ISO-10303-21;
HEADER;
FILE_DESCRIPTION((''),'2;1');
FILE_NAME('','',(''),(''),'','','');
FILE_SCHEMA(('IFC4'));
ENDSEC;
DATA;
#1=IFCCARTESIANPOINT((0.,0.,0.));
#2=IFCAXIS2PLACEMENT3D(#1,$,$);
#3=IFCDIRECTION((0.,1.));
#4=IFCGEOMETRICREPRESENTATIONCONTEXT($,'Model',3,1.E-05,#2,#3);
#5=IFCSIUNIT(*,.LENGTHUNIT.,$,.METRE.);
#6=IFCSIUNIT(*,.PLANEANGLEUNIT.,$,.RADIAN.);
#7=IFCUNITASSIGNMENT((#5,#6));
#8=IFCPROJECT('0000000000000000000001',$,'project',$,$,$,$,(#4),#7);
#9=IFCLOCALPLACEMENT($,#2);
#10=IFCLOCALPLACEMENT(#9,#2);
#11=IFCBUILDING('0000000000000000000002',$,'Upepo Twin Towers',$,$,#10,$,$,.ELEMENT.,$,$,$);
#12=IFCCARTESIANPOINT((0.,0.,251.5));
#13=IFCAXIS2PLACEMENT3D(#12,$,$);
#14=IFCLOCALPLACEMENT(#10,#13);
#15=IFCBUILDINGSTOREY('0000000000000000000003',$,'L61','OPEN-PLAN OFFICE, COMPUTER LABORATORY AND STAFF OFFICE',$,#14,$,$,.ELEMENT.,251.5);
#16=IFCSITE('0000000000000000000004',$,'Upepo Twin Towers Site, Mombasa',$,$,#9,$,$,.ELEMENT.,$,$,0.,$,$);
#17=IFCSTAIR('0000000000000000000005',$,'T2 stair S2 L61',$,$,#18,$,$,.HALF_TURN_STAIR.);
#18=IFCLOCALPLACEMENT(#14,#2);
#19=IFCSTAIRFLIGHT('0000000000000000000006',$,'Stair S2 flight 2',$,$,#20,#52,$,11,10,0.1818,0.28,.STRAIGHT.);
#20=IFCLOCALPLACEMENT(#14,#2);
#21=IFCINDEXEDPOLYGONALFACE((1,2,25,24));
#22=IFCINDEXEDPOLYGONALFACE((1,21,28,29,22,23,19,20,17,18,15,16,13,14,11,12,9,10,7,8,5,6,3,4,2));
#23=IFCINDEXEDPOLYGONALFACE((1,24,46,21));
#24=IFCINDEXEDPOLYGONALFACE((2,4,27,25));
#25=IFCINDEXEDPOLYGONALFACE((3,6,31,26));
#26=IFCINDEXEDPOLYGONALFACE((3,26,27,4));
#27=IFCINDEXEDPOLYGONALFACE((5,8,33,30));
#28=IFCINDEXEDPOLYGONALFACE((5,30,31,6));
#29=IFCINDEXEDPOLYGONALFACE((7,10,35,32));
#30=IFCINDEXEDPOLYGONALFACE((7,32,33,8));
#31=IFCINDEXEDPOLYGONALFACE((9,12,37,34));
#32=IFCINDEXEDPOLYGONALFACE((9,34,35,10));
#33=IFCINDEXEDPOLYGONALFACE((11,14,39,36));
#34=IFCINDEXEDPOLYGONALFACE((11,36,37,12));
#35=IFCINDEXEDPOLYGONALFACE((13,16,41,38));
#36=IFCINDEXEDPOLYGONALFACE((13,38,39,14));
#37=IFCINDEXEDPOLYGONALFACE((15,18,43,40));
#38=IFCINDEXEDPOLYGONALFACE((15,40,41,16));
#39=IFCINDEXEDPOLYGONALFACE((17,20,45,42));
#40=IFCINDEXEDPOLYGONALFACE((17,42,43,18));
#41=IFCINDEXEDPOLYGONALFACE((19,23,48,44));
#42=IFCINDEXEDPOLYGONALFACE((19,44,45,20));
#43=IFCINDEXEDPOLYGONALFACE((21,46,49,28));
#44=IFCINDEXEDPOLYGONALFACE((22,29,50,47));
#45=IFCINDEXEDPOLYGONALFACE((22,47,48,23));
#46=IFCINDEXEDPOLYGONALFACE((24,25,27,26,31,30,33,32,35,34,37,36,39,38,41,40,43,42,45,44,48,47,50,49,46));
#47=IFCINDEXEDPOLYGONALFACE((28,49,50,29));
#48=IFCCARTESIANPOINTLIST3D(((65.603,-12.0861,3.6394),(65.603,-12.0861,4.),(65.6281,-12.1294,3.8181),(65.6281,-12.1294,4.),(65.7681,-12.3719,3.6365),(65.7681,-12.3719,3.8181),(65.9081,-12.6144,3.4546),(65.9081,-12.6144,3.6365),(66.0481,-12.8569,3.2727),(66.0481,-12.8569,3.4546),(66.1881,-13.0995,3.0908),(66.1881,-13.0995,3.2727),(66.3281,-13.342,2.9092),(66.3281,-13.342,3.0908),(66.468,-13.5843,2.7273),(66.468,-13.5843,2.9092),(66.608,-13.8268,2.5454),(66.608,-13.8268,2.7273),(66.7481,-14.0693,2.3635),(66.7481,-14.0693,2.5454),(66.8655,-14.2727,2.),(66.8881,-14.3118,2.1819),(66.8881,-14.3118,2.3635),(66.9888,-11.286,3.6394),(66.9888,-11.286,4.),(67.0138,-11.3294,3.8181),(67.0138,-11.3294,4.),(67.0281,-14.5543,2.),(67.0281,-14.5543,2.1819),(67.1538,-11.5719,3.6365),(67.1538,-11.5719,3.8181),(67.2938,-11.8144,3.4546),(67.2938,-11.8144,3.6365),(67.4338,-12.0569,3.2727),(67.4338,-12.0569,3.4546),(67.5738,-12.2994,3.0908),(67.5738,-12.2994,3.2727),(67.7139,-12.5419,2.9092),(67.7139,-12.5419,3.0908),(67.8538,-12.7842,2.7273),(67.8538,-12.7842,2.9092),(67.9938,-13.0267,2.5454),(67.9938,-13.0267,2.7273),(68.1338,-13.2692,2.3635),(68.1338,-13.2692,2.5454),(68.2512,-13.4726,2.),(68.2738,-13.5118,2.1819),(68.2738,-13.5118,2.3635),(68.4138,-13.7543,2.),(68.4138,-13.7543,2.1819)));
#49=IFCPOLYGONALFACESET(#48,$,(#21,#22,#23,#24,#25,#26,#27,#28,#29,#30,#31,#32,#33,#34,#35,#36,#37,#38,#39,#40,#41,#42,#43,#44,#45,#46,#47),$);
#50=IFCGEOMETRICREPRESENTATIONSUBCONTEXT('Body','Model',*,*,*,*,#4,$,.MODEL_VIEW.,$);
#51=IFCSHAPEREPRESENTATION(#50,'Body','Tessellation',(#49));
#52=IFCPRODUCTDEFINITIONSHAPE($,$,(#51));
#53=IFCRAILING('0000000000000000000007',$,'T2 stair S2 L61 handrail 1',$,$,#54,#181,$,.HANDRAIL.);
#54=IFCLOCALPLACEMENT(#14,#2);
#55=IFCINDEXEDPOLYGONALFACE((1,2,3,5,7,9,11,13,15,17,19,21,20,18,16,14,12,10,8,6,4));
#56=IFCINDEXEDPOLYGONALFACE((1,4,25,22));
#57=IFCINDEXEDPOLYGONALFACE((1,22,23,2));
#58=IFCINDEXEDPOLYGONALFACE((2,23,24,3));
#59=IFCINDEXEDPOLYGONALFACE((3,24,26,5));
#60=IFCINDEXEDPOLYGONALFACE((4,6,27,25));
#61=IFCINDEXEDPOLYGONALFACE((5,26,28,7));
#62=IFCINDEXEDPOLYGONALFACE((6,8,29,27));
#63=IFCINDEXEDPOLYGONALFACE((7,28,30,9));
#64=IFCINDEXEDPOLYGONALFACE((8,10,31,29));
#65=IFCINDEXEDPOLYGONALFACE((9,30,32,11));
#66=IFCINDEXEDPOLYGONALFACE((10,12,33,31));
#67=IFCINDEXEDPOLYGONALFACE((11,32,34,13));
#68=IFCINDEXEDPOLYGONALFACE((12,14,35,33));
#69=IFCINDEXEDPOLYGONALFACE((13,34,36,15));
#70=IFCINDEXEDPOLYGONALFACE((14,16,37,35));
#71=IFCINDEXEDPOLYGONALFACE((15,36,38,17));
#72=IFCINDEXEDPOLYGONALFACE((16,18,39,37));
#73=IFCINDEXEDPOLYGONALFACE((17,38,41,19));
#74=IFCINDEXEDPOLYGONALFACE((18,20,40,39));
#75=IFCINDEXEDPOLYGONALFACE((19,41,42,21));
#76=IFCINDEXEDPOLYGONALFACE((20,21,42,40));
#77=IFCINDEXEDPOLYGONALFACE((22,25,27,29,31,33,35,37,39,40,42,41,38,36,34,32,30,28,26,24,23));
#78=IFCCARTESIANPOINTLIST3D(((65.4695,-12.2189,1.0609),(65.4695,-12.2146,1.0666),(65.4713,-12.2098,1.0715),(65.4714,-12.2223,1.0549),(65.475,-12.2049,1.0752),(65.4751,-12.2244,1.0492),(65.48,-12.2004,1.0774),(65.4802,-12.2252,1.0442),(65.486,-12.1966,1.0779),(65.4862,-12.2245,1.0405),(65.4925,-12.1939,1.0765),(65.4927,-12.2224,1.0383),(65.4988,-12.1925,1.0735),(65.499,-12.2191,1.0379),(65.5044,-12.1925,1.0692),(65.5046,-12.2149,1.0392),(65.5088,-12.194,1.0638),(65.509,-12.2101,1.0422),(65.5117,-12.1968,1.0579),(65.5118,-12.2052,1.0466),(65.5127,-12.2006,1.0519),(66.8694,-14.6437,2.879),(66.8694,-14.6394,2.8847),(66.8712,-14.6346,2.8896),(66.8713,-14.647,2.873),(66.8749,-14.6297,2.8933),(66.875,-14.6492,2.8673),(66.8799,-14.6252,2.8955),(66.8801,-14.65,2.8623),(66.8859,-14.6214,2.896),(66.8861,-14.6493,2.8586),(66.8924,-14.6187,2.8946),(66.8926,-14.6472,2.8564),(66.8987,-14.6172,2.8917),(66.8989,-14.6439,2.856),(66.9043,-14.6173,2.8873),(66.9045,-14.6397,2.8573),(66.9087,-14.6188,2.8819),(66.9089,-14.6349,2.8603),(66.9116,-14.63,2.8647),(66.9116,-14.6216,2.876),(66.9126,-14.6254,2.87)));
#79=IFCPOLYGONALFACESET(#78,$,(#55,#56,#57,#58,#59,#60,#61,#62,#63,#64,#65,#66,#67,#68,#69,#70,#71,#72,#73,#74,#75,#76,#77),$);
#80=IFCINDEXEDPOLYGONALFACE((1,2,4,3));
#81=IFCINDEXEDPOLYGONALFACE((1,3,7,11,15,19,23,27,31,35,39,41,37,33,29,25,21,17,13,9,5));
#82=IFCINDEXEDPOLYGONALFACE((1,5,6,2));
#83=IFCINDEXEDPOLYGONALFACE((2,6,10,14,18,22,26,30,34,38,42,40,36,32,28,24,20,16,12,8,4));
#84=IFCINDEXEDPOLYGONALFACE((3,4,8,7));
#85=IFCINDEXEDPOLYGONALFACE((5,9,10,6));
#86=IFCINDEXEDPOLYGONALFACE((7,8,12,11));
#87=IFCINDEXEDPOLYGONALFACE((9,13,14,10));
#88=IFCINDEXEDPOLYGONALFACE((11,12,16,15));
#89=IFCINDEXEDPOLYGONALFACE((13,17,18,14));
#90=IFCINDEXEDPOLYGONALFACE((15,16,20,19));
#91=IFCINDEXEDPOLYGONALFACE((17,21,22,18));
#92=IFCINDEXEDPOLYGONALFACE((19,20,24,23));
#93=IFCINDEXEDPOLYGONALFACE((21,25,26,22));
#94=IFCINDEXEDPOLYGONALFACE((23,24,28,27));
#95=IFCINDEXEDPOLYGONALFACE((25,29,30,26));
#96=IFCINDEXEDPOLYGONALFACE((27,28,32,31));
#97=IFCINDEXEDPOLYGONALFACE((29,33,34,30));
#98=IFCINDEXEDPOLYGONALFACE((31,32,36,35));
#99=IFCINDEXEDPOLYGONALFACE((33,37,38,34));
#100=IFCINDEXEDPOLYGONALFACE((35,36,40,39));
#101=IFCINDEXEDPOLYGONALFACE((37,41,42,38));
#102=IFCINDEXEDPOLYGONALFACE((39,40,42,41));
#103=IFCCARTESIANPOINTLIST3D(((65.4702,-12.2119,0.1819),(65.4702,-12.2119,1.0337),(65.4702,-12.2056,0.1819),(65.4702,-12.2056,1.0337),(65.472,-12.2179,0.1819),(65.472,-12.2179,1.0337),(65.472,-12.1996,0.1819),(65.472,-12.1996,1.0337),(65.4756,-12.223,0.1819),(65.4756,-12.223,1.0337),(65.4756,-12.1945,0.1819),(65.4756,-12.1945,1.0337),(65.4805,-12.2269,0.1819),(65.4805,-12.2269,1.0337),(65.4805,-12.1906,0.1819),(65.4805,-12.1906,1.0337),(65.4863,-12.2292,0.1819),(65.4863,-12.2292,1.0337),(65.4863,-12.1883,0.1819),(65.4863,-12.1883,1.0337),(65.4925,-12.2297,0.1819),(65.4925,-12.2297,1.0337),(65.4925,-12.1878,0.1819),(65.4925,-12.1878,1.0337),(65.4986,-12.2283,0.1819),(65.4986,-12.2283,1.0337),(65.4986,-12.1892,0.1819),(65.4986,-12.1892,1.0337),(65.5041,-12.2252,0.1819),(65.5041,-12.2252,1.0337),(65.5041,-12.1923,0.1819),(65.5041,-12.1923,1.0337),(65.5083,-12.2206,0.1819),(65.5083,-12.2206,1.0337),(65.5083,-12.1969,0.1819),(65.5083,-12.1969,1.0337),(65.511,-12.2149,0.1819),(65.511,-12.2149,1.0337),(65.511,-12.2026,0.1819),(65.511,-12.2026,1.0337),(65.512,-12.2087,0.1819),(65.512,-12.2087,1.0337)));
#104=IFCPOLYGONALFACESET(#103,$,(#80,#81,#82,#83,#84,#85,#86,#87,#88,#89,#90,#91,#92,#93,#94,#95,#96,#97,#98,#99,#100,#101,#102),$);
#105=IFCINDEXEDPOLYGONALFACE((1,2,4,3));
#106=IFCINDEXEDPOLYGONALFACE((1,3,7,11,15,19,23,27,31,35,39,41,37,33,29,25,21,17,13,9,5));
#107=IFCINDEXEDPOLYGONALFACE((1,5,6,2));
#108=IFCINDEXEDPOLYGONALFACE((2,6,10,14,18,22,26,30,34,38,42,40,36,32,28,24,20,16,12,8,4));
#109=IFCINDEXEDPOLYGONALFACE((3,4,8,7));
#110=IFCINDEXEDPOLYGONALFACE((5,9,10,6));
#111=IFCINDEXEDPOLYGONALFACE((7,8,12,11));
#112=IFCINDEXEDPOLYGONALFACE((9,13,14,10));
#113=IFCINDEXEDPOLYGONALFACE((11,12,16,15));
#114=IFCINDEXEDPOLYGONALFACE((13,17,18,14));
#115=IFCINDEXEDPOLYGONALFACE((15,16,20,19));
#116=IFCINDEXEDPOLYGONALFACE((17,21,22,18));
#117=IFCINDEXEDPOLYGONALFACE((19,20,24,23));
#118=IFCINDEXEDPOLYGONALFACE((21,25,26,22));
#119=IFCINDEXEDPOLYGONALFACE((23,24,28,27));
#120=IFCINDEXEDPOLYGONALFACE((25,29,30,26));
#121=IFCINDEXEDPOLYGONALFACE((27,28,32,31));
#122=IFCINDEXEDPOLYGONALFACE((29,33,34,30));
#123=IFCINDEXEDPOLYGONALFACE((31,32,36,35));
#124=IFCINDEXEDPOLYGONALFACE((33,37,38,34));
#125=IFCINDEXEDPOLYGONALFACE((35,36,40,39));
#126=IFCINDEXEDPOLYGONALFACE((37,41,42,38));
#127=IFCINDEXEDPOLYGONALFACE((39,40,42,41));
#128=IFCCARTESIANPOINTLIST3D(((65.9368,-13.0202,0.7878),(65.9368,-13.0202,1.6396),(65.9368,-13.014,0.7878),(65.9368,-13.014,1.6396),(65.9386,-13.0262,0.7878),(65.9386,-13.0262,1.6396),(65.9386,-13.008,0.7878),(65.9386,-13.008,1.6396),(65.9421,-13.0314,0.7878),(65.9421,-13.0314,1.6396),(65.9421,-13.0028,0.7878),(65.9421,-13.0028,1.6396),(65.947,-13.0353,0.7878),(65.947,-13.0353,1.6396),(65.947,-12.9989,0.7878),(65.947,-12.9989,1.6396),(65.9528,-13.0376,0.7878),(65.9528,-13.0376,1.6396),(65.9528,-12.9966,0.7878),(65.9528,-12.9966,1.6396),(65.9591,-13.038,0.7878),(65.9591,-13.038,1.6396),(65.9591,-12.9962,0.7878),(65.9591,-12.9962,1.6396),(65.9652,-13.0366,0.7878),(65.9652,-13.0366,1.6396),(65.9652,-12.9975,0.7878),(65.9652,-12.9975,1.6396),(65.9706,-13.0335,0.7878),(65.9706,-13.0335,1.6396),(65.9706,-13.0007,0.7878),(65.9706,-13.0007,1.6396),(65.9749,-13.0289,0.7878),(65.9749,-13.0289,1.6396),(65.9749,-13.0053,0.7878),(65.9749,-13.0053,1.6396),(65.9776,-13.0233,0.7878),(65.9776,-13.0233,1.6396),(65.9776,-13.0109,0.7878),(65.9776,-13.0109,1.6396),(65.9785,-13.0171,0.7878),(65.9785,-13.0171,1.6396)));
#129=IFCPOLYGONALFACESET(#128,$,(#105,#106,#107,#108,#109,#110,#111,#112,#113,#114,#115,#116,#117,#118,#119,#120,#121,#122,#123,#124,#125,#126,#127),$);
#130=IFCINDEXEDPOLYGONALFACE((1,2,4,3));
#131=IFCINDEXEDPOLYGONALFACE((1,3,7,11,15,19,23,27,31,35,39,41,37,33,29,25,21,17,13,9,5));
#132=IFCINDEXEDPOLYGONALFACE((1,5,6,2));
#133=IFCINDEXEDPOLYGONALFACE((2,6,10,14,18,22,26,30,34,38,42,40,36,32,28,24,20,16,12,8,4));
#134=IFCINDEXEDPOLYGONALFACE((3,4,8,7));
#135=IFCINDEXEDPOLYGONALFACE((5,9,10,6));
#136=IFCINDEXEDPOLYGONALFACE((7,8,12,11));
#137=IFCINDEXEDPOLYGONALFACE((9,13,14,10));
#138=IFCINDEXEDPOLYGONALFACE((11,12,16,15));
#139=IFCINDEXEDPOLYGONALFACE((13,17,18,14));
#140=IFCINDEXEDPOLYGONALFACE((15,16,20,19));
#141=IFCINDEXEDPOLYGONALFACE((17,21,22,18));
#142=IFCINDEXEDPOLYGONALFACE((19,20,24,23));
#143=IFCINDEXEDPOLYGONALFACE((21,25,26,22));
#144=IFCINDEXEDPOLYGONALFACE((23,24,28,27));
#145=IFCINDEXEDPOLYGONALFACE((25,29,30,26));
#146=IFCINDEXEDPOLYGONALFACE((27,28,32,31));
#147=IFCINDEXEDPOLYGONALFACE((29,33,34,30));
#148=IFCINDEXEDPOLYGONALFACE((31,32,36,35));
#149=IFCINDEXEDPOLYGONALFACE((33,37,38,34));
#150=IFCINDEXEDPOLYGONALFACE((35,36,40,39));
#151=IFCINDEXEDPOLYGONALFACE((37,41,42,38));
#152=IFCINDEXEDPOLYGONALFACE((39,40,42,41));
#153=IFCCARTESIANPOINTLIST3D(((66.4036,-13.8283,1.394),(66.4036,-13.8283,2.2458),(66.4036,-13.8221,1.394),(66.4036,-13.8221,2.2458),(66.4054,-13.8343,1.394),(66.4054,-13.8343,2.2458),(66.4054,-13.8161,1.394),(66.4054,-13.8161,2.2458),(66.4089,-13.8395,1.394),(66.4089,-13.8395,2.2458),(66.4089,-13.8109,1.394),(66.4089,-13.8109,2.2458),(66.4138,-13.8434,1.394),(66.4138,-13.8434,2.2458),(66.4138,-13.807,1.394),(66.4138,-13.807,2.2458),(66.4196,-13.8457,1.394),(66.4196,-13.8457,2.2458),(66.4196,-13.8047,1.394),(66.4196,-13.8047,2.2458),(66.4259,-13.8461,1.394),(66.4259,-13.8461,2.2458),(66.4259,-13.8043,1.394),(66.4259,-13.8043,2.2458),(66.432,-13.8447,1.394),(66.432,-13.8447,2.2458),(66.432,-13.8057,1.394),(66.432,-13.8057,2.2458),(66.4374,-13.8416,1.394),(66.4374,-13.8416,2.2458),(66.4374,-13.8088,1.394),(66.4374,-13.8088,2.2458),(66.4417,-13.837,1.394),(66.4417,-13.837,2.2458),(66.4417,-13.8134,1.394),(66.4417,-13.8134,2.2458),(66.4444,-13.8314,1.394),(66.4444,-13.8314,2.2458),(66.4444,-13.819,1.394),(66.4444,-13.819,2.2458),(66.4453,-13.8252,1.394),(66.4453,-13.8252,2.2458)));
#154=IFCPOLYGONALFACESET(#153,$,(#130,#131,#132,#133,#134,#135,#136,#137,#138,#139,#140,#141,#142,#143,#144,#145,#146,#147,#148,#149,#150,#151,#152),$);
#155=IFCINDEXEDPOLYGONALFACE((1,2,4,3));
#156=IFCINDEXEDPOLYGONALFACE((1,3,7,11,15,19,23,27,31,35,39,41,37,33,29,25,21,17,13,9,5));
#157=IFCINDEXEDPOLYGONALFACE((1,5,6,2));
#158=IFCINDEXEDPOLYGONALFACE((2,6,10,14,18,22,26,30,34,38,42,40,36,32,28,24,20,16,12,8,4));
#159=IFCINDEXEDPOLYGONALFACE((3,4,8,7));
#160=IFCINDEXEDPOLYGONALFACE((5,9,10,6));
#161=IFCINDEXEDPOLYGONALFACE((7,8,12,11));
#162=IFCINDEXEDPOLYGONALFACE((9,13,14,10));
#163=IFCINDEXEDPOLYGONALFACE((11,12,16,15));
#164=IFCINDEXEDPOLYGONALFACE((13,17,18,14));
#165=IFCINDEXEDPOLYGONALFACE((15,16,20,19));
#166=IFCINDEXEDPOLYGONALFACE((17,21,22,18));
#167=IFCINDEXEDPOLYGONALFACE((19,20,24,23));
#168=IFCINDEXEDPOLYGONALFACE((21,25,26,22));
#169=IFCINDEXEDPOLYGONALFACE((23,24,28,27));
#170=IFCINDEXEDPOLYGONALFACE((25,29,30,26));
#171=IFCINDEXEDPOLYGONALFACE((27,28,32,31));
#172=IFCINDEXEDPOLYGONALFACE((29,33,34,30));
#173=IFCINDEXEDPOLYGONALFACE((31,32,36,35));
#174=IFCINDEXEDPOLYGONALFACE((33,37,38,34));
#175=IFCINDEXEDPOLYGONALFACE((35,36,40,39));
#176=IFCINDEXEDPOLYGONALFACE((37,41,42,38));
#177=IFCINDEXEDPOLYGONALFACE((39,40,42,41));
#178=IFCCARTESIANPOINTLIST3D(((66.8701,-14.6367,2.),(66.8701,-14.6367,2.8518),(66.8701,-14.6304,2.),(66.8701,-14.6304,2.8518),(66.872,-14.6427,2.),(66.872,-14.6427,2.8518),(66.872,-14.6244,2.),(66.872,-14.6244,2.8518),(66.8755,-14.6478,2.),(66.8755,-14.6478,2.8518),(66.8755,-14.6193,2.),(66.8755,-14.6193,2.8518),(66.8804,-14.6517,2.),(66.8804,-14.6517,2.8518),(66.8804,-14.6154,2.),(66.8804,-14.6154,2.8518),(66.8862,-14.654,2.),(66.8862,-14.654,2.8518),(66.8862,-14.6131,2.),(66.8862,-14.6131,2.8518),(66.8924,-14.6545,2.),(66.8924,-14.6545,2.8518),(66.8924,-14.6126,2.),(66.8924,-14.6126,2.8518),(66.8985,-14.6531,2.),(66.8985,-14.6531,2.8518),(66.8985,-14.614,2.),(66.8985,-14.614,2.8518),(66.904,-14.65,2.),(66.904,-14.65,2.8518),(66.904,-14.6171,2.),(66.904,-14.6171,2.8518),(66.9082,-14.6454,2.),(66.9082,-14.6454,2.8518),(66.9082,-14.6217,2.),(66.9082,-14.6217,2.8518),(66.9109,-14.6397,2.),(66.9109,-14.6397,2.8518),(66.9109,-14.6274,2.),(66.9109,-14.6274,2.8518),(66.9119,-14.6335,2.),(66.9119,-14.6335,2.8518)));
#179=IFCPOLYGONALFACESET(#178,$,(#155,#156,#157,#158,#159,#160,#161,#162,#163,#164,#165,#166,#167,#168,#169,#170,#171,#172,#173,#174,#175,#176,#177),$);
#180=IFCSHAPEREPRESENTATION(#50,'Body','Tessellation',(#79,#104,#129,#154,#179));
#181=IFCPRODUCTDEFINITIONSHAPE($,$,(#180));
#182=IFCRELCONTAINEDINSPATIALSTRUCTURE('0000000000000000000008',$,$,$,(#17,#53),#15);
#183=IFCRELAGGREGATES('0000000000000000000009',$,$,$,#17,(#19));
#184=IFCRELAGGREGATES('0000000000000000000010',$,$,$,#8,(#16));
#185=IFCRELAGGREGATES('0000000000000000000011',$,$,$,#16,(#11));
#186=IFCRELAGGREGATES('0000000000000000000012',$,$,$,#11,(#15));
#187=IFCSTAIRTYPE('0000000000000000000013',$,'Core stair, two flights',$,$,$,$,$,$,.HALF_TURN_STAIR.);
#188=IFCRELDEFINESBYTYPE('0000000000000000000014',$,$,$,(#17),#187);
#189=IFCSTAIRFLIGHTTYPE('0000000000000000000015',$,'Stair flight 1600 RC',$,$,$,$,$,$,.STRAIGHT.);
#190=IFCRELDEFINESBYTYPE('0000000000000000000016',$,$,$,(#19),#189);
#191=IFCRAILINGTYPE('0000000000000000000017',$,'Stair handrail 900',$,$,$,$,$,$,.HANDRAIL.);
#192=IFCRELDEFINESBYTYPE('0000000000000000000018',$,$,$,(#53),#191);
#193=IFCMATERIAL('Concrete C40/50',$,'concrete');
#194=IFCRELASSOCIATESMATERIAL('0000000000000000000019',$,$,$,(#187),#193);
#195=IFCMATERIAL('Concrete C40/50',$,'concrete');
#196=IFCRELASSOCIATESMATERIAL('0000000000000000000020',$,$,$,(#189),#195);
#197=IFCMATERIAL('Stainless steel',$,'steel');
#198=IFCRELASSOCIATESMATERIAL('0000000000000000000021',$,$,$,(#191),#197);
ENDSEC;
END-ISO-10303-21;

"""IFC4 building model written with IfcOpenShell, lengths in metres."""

from ifc_helpers import new_model, si_unit, direction, frame, origin, origin_2d, place, context, subcontext, project, spatial, polyline, circle, outline, extrude, material, type_object, element, aggregate, save


model = new_model("IFC4")

# Units and contexts
model_context = context("Model", 3, precision=1e-05, world=origin(), true_north=direction((0.0, 1.0)))
body_context = subcontext(model_context, "Body", "Model", "MODEL_VIEW")
ifc_project = project(units=[si_unit("LENGTHUNIT", "METRE"), si_unit("PLANEANGLEUNIT", "RADIAN")], contexts=[model_context])

# Site, building, storey
site_placement = place(None, origin())
site = spatial("IfcSite", under=ifc_project, at=site_placement, Name="Upepo Twin Towers Site, Mombasa", CompositionType="ELEMENT", RefElevation=0.0)
building_placement = place(site_placement, origin())
building = spatial("IfcBuilding", under=site, at=building_placement, Name="Upepo Twin Towers", CompositionType="ELEMENT")
storey_placement = place(building_placement, frame((0.0, 0.0, 251.5)))
storey = spatial("IfcBuildingStorey", under=building, at=storey_placement, Name="L61", Description="OPEN-PLAN OFFICE, COMPUTER LABORATORY AND STAFF OFFICE", CompositionType="ELEMENT", Elevation=251.5)

# Stair, stair flight
ifc_material_1 = material(Name="Concrete C40/50", Category="concrete")
stair_type = type_object("IfcStairType", Name="Core stair, two flights", PredefinedType="HALF_TURN_STAIR", material=ifc_material_1)
stair_placement = place(storey_placement, origin())
stair = element("IfcStair", 1, at=stair_placement, inside=storey, type_object=stair_type, Name="T2 stair S2 L61", PredefinedType="HALF_TURN_STAIR")
ifc_material_2 = material(Name="Concrete C40/50", Category="concrete")
stair_flight_type = type_object("IfcStairFlightType", Name="Stair flight 1600 RC", PredefinedType="STRAIGHT", material=ifc_material_2)
stair_flight_1_placement = place(storey_placement, frame((67.7209, -14.1543, 2.0), z_axis=(0.0, 0.0, 1.0), x_axis=(-0.5, 0.866025, 0.0)))
stair_flight_1 = element("IfcStairFlight", 2, at=stair_flight_1_placement, type_object=stair_flight_type, Name="Stair S2 flight 2", NumberOfRisers=11, NumberOfTreads=10, PredefinedType="STRAIGHT", RiserHeight=0.1818, TreadLength=0.28, context=body_context, shape_type="SweptSolid", body=[
    extrude(outline(polyline([(0.0, 0.0), (0.0, 0.1819), (0.28, 0.1819), (0.28, 0.3635), (0.5601, 0.3635), (0.5601, 0.5454), (0.8401, 0.5454), (0.8401, 0.7273), (1.1201, 0.7273), (1.1201, 0.9092), (1.3999, 0.9092), (1.3999, 1.0908), (1.6799, 1.0908), (1.6799, 1.2727), (1.96, 1.2727), (1.96, 1.4546), (2.24, 1.4546), (2.24, 1.6365), (2.52, 1.6365), (2.52, 1.8181), (2.8, 1.8181), (2.8, 2.0), (2.8501, 2.0), (2.8501, 1.6394), (0.3252, 0.0), (0.0, 0.0)])), frame((0.0, 0.8, 0.0), z_axis=(0.0, -1.0, 0.0), x_axis=(1.0, 0.0, 0.0)), (0.0, 0.0, 1.0), 1.6001),
])
aggregate(stair, [stair_flight_1])

# Railing
ifc_material_3 = material(Name="Stainless steel", Category="steel")
railing_type = type_object("IfcRailingType", Name="Stair handrail 900", PredefinedType="HANDRAIL", material=ifc_material_3)
railing_1_placement = place(storey_placement, frame((65.491, -12.2087, 0.1819)))
element("IfcRailing", 3, at=railing_1_placement, inside=storey, type_object=railing_type, Name="T2 stair S2 L61 handrail 1", PredefinedType="HANDRAIL", context=body_context, shape_type="SweptSolid", body=[
    extrude(circle(Radius=0.0239, at=origin_2d()), frame((0.0, 0.0, 0.876), z_axis=(0.419333, -0.726336, 0.544606), x_axis=(0.866035, 0.499984, 0.0)), (0.0, 0.0, 1.0), 3.3384),
    extrude(circle(Radius=0.021, at=origin_2d()), origin(), (0.0, 0.0, 1.0), 0.8518),
    extrude(circle(Radius=0.021, at=origin_2d()), frame((0.4666, -0.8083, 0.606)), (0.0, 0.0, 1.0), 0.8518),
    extrude(circle(Radius=0.021, at=origin_2d()), frame((0.9333, -1.6165, 1.2122)), (0.0, 0.0, 1.0), 0.8518),
    extrude(circle(Radius=0.021, at=origin_2d()), frame((1.3999, -2.4248, 1.8181)), (0.0, 0.0, 1.0), 0.8518),
])

save(model, "model.ifc")
